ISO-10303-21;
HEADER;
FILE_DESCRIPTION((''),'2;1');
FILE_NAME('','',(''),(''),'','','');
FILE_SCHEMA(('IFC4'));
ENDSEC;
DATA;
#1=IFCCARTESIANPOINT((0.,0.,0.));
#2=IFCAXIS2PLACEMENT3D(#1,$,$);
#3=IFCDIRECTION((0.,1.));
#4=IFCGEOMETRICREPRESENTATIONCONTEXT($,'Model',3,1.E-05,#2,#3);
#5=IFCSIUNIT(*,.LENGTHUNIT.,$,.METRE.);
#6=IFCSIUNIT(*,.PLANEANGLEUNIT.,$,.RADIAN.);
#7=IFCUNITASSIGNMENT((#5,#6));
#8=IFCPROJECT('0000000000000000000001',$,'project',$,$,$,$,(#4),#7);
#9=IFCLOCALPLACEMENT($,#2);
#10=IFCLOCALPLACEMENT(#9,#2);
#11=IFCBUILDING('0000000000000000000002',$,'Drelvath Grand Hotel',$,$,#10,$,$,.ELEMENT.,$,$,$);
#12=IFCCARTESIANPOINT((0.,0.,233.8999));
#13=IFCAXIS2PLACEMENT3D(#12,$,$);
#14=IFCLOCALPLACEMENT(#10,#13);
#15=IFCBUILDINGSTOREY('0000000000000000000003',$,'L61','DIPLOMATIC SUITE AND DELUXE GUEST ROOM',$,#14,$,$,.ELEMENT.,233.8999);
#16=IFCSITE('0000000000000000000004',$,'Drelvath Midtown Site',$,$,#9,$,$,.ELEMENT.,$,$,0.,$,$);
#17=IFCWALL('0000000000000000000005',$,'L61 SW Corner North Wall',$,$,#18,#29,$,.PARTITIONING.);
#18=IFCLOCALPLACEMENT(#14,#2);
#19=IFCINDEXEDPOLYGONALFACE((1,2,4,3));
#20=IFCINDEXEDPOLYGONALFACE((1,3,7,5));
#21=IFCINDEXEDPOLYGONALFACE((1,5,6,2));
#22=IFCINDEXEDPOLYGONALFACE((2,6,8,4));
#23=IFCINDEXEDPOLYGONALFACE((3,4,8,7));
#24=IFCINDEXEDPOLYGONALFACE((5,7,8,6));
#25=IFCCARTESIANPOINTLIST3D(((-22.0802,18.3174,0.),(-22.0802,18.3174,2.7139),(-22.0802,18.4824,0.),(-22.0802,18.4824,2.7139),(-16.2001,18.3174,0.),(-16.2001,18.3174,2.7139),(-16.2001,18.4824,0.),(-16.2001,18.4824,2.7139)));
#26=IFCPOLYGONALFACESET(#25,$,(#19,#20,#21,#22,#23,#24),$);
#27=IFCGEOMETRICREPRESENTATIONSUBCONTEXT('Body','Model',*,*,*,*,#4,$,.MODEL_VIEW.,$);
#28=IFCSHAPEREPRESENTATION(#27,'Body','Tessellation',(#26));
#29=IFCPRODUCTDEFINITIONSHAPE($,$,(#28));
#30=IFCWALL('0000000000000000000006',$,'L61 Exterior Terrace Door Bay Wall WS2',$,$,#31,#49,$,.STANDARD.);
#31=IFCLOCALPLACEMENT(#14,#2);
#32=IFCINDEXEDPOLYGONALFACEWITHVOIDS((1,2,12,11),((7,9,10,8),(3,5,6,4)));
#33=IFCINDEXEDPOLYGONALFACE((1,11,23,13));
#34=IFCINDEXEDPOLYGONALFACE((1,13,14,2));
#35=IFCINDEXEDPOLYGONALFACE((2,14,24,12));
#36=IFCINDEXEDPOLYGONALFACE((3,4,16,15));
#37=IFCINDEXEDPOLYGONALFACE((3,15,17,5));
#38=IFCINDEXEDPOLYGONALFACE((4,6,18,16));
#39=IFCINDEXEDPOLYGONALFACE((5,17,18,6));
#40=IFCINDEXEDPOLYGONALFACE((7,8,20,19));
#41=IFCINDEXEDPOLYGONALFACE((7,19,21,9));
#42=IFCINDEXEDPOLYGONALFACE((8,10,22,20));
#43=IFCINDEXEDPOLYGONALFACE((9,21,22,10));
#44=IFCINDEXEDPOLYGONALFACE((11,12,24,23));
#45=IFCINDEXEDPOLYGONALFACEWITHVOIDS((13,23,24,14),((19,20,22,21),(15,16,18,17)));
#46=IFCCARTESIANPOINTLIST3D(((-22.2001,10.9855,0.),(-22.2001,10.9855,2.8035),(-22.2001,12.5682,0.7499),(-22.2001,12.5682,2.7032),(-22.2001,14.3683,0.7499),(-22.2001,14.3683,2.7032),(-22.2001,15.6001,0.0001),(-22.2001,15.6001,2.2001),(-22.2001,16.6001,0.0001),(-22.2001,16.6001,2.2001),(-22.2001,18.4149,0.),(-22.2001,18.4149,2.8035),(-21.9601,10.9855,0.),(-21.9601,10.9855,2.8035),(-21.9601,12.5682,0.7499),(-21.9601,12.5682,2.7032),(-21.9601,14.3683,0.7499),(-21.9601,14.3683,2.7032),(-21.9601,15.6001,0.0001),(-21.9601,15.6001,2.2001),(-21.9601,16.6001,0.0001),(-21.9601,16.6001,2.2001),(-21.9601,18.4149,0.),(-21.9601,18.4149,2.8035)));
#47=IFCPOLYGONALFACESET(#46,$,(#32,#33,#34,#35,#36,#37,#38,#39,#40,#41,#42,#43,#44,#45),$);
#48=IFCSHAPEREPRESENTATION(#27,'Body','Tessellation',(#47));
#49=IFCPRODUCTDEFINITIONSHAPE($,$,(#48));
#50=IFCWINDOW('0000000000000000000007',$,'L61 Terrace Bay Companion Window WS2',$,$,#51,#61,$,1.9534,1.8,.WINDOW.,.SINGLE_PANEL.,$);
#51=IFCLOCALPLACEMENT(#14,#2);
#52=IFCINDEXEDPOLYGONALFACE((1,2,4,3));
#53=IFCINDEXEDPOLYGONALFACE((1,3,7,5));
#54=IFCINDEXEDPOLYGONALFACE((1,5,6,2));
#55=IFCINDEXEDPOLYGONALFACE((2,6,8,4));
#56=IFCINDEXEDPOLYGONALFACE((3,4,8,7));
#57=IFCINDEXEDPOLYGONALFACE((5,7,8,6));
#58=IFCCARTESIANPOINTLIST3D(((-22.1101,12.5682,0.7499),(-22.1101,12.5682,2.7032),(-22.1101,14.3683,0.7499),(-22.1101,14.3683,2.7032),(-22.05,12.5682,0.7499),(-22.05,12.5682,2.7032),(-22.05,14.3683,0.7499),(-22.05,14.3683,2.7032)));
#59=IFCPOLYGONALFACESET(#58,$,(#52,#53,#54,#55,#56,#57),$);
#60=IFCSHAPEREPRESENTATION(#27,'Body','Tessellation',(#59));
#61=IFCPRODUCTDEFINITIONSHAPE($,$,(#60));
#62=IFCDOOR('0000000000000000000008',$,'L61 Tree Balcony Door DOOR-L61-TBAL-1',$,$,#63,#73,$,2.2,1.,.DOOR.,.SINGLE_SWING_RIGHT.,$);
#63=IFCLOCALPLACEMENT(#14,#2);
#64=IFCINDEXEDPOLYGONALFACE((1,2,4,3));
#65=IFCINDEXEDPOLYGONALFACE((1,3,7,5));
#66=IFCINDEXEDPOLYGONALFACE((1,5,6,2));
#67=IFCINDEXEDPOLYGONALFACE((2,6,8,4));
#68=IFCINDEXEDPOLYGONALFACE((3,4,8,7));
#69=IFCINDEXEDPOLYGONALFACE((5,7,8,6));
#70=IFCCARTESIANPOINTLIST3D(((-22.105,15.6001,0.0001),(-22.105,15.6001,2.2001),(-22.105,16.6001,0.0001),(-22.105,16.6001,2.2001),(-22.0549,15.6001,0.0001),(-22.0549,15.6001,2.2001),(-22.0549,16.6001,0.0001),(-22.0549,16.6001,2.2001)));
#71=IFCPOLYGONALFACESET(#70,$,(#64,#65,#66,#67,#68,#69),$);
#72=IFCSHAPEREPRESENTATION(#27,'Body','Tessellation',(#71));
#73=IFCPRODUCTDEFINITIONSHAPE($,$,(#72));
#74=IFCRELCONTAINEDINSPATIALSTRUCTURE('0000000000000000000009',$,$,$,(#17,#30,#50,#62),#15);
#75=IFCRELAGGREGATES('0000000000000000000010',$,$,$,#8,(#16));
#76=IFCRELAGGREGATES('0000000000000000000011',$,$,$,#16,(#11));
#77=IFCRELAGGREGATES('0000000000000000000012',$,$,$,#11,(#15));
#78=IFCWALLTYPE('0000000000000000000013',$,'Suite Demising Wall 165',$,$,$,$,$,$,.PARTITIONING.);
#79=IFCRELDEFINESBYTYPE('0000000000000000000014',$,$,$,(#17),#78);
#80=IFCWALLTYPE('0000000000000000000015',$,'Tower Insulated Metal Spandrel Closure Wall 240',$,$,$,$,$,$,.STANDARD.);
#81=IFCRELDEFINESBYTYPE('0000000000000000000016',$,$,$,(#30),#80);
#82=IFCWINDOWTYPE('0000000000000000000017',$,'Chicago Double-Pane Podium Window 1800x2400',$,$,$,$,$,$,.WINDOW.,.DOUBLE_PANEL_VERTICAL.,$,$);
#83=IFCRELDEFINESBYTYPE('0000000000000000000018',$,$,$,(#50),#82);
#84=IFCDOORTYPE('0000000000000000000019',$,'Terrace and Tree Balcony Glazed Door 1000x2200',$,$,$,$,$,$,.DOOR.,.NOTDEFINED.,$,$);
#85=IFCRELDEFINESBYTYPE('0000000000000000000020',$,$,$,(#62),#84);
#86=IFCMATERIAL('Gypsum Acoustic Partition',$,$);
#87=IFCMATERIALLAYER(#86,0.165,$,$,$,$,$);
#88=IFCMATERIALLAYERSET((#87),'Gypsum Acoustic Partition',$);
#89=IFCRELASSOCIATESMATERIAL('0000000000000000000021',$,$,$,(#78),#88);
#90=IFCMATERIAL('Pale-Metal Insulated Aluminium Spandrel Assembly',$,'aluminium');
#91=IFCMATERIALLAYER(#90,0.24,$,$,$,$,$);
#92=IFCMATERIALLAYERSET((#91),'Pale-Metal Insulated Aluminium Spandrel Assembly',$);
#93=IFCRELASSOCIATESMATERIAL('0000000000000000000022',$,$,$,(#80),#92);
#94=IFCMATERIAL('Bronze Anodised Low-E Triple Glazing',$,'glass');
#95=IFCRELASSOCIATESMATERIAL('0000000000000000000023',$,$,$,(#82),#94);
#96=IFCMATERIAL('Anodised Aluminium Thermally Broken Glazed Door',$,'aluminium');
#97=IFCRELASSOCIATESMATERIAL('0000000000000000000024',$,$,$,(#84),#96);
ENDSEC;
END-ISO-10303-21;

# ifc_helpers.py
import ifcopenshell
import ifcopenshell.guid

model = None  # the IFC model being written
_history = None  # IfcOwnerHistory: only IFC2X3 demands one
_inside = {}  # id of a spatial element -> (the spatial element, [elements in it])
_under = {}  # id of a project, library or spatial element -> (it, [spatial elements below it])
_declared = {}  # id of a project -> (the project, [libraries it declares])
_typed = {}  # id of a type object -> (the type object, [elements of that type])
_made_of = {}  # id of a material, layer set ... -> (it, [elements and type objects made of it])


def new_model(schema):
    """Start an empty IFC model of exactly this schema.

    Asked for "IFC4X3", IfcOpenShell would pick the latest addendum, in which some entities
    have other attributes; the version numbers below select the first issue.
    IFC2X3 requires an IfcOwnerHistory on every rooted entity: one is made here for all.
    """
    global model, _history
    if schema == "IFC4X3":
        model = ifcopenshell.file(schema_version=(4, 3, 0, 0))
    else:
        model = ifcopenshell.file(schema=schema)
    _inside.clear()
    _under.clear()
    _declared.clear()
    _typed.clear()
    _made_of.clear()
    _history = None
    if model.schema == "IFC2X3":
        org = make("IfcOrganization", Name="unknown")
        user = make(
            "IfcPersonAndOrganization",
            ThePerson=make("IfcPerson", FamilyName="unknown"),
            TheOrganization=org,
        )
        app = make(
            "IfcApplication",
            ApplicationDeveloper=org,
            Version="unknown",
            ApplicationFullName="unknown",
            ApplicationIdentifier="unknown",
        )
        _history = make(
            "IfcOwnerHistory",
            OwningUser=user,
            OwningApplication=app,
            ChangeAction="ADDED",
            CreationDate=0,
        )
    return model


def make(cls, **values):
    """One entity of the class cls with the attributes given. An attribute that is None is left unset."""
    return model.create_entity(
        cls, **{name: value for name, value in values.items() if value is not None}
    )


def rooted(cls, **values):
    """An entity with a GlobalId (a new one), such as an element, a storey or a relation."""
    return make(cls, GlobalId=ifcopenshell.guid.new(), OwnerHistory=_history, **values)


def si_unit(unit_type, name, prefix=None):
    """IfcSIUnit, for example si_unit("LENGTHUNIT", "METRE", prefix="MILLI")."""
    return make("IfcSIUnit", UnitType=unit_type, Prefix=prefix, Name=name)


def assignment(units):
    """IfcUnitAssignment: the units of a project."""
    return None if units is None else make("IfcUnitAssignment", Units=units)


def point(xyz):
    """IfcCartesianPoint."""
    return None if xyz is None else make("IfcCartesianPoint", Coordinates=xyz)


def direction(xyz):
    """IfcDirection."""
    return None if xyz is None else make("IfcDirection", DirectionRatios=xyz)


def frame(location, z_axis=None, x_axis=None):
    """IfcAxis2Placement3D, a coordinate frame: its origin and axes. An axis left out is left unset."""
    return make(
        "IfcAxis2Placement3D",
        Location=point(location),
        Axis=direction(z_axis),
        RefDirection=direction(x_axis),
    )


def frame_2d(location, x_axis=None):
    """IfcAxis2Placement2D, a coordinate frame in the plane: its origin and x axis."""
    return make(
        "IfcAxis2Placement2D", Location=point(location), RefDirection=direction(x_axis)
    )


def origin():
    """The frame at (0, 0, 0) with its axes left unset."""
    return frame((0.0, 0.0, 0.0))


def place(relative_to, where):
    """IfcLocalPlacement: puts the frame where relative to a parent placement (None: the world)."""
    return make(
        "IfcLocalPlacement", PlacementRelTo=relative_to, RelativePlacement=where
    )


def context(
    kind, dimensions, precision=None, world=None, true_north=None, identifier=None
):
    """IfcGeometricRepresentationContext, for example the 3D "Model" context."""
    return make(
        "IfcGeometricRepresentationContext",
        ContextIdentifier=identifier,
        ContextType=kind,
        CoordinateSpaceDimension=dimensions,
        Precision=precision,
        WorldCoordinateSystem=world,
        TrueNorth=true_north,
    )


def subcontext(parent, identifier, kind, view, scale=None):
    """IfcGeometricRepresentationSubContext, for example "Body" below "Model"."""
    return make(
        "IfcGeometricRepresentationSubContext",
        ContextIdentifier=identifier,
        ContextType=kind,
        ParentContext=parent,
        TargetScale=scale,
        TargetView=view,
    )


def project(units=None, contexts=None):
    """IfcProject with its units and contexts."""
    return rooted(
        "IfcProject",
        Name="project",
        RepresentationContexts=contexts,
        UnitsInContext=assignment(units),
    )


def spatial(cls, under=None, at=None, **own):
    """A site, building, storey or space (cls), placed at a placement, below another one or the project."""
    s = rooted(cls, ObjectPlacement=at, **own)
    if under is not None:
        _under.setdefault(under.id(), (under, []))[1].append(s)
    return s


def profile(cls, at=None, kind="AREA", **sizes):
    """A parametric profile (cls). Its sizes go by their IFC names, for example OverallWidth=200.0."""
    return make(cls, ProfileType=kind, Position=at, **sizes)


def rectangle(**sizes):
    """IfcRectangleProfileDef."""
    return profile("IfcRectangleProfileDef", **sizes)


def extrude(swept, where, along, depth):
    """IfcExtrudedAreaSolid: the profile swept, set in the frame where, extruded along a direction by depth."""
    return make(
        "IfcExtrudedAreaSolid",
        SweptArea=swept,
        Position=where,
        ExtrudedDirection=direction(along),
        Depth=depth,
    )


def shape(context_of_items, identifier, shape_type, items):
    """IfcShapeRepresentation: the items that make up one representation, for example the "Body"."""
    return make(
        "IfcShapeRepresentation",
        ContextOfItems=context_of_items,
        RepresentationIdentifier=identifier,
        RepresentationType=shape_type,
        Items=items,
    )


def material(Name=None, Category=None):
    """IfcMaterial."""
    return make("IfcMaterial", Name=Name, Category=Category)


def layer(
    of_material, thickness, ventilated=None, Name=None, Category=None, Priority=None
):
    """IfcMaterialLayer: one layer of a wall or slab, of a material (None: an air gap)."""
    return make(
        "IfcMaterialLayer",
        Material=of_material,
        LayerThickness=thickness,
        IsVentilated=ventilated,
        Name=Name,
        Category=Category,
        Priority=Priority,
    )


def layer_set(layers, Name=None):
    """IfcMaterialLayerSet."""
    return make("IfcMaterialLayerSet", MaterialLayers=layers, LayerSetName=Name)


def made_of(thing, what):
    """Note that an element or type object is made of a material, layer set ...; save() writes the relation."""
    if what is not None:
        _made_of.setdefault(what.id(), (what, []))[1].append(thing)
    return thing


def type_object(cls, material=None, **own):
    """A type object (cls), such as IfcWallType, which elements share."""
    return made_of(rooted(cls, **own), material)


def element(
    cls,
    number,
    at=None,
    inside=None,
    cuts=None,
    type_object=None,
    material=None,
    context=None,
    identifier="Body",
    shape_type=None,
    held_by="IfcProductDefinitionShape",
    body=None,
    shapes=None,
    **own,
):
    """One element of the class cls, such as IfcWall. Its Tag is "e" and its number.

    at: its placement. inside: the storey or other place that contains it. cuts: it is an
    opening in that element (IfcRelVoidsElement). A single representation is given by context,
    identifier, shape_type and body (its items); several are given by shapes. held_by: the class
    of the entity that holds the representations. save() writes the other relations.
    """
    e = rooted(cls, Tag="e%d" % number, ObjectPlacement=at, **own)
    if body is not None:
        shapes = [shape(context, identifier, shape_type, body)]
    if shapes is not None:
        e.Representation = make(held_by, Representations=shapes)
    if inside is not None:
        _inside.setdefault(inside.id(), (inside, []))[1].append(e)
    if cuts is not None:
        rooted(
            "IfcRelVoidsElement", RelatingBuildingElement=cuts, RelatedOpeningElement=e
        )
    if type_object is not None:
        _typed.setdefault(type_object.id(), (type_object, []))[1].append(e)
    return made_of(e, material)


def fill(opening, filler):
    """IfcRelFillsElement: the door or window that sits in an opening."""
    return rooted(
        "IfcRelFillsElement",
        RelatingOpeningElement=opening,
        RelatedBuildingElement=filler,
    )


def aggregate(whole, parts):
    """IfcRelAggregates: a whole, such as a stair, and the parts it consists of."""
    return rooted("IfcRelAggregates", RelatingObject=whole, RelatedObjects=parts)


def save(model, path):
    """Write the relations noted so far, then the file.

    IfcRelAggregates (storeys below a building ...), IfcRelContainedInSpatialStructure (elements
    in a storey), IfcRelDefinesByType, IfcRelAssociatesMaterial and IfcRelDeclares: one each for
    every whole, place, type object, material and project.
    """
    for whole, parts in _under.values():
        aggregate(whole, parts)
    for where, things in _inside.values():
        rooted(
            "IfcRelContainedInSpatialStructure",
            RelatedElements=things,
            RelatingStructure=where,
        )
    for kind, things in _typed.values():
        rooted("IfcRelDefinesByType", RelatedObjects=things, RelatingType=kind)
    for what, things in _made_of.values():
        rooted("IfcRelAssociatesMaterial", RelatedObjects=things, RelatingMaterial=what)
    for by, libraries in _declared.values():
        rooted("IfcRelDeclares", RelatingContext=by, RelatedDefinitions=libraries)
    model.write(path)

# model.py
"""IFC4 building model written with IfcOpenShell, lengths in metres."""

from ifc_helpers import new_model, si_unit, direction, frame, frame_2d, origin, place, context, subcontext, project, spatial, rectangle, extrude, material, layer, layer_set, type_object, element, fill, save


model = new_model("IFC4")

# Units and contexts
model_context = context("Model", 3, precision=1e-05, world=origin(), true_north=direction((0.0, 1.0)))
body_context = subcontext(model_context, "Body", "Model", "MODEL_VIEW")
ifc_project = project(units=[si_unit("LENGTHUNIT", "METRE"), si_unit("PLANEANGLEUNIT", "RADIAN")], contexts=[model_context])

# Site, building, storey
site_placement = place(None, origin())
site = spatial("IfcSite", under=ifc_project, at=site_placement, Name="Drelvath Midtown Site", CompositionType="ELEMENT", RefElevation=0.0)
building_placement = place(site_placement, origin())
building = spatial("IfcBuilding", under=site, at=building_placement, Name="Drelvath Grand Hotel", CompositionType="ELEMENT")
storey_placement = place(building_placement, frame((0.0, 0.0, 233.8999)))
storey = spatial("IfcBuildingStorey", under=building, at=storey_placement, Name="L61", Description="DIPLOMATIC SUITE AND DELUXE GUEST ROOM", CompositionType="ELEMENT", Elevation=233.8999)

# Wall
ifc_material_1 = material(Name="Gypsum Acoustic Partition")
ifc_layer_1 = layer(ifc_material_1, 0.165)
ifc_layer_set_1 = layer_set([ifc_layer_1], Name="Gypsum Acoustic Partition")
wall_type_1 = type_object("IfcWallType", Name="Suite Demising Wall 165", PredefinedType="PARTITIONING", material=ifc_layer_set_1)
wall_1_placement = place(storey_placement, frame((-22.0801, 18.3999, 0.0), z_axis=(0.0, 0.0, 1.0), x_axis=(1.0, 0.0, 0.0)))
element("IfcWall", 1, at=wall_1_placement, inside=storey, type_object=wall_type_1, Name="L61 SW Corner North Wall", PredefinedType="PARTITIONING", context=body_context, shape_type="SweptSolid", body=[
    extrude(rectangle(XDim=5.8801, YDim=0.165, at=frame_2d((2.9399, 0.0))), origin(), (0.0, 0.0, 1.0), 2.7139),
])

# Wall, openings, window, door
ifc_material_2 = material(Name="Pale-Metal Insulated Aluminium Spandrel Assembly", Category="aluminium")
ifc_layer_2 = layer(ifc_material_2, 0.24)
ifc_layer_set_2 = layer_set([ifc_layer_2], Name="Pale-Metal Insulated Aluminium Spandrel Assembly")
wall_type_2 = type_object("IfcWallType", Name="Tower Insulated Metal Spandrel Closure Wall 240", PredefinedType="STANDARD", material=ifc_layer_set_2)
wall_2_placement = place(storey_placement, frame((-22.0801, 10.9854, 0.0), z_axis=(0.0, 0.0, 1.0), x_axis=(0.0, 1.0, 0.0)))
wall_2 = element("IfcWall", 2, at=wall_2_placement, inside=storey, type_object=wall_type_2, Name="L61 Exterior Terrace Door Bay Wall WS2", PredefinedType="STANDARD", context=body_context, shape_type="SweptSolid", body=[
    extrude(rectangle(XDim=7.4294, YDim=0.24, at=frame_2d((3.7148, 0.0))), origin(), (0.0, 0.0, 1.0), 2.8035),
])
opening_1_placement = place(wall_2_placement, frame((4.6147, 0.0, 0.0)))
opening_1 = element("IfcOpeningElement", 3, at=opening_1_placement, cuts=wall_2, PredefinedType="OPENING", context=body_context, shape_type="SweptSolid", body=[
    extrude(rectangle(XDim=1.0, YDim=2.2, at=frame_2d((0.5, 1.1001))), frame((0.0, 0.1299, 0.0), z_axis=(0.0, -1.0, 0.0), x_axis=(1.0, 0.0, 0.0)), (0.0, 0.0, 1.0), 0.26),
])
opening_2_placement = place(wall_2_placement, frame((1.583, 0.0, 0.75)))
opening_2 = element("IfcOpeningElement", 4, at=opening_2_placement, cuts=wall_2, PredefinedType="OPENING", context=body_context, shape_type="SweptSolid", body=[
    extrude(rectangle(XDim=1.8, YDim=1.9534, at=frame_2d((0.8999, 0.9766))), frame((0.0, 0.1299, 0.0), z_axis=(0.0, -1.0, 0.0), x_axis=(1.0, 0.0, 0.0)), (0.0, 0.0, 1.0), 0.26),
])
ifc_material_3 = material(Name="Bronze Anodised Low-E Triple Glazing", Category="glass")
window_type = type_object("IfcWindowType", Name="Chicago Double-Pane Podium Window 1800x2400", PartitioningType="DOUBLE_PANEL_VERTICAL", PredefinedType="WINDOW", material=ifc_material_3)
window_placement = place(opening_2_placement, origin())
window = element("IfcWindow", 5, at=window_placement, inside=storey, type_object=window_type, Name="L61 Terrace Bay Companion Window WS2", OverallHeight=1.9534, OverallWidth=1.8, PartitioningType="SINGLE_PANEL", PredefinedType="WINDOW", context=body_context, shape_type="SweptSolid", body=[
    extrude(rectangle(XDim=1.8, YDim=1.9534, at=frame_2d((0.8999, 0.9766))), frame((0.0, 0.03, 0.0), z_axis=(0.0, -1.0, 0.0), x_axis=(1.0, 0.0, 0.0)), (0.0, 0.0, 1.0), 0.0601),
])
fill(opening_2, window)
ifc_material_4 = material(Name="Anodised Aluminium Thermally Broken Glazed Door", Category="aluminium")
door_type_1 = type_object("IfcDoorType", Name="Terrace and Tree Balcony Glazed Door 1000x2200", OperationType="NOTDEFINED", PredefinedType="DOOR", material=ifc_material_4)
door_1_placement = place(opening_1_placement, origin())
door_1 = element("IfcDoor", 6, at=door_1_placement, inside=storey, type_object=door_type_1, Name="L61 Tree Balcony Door DOOR-L61-TBAL-1", OperationType="SINGLE_SWING_RIGHT", OverallHeight=2.2, OverallWidth=1.0, PredefinedType="DOOR", context=body_context, shape_type="SweptSolid", body=[
    extrude(rectangle(XDim=1.0, YDim=2.2, at=frame_2d((0.5, 1.1001))), frame((0.0, 0.0249, 0.0), z_axis=(0.0, -1.0, 0.0), x_axis=(1.0, 0.0, 0.0)), (0.0, 0.0, 1.0), 0.05),
])
fill(opening_1, door_1)

save(model, "model.ifc")
